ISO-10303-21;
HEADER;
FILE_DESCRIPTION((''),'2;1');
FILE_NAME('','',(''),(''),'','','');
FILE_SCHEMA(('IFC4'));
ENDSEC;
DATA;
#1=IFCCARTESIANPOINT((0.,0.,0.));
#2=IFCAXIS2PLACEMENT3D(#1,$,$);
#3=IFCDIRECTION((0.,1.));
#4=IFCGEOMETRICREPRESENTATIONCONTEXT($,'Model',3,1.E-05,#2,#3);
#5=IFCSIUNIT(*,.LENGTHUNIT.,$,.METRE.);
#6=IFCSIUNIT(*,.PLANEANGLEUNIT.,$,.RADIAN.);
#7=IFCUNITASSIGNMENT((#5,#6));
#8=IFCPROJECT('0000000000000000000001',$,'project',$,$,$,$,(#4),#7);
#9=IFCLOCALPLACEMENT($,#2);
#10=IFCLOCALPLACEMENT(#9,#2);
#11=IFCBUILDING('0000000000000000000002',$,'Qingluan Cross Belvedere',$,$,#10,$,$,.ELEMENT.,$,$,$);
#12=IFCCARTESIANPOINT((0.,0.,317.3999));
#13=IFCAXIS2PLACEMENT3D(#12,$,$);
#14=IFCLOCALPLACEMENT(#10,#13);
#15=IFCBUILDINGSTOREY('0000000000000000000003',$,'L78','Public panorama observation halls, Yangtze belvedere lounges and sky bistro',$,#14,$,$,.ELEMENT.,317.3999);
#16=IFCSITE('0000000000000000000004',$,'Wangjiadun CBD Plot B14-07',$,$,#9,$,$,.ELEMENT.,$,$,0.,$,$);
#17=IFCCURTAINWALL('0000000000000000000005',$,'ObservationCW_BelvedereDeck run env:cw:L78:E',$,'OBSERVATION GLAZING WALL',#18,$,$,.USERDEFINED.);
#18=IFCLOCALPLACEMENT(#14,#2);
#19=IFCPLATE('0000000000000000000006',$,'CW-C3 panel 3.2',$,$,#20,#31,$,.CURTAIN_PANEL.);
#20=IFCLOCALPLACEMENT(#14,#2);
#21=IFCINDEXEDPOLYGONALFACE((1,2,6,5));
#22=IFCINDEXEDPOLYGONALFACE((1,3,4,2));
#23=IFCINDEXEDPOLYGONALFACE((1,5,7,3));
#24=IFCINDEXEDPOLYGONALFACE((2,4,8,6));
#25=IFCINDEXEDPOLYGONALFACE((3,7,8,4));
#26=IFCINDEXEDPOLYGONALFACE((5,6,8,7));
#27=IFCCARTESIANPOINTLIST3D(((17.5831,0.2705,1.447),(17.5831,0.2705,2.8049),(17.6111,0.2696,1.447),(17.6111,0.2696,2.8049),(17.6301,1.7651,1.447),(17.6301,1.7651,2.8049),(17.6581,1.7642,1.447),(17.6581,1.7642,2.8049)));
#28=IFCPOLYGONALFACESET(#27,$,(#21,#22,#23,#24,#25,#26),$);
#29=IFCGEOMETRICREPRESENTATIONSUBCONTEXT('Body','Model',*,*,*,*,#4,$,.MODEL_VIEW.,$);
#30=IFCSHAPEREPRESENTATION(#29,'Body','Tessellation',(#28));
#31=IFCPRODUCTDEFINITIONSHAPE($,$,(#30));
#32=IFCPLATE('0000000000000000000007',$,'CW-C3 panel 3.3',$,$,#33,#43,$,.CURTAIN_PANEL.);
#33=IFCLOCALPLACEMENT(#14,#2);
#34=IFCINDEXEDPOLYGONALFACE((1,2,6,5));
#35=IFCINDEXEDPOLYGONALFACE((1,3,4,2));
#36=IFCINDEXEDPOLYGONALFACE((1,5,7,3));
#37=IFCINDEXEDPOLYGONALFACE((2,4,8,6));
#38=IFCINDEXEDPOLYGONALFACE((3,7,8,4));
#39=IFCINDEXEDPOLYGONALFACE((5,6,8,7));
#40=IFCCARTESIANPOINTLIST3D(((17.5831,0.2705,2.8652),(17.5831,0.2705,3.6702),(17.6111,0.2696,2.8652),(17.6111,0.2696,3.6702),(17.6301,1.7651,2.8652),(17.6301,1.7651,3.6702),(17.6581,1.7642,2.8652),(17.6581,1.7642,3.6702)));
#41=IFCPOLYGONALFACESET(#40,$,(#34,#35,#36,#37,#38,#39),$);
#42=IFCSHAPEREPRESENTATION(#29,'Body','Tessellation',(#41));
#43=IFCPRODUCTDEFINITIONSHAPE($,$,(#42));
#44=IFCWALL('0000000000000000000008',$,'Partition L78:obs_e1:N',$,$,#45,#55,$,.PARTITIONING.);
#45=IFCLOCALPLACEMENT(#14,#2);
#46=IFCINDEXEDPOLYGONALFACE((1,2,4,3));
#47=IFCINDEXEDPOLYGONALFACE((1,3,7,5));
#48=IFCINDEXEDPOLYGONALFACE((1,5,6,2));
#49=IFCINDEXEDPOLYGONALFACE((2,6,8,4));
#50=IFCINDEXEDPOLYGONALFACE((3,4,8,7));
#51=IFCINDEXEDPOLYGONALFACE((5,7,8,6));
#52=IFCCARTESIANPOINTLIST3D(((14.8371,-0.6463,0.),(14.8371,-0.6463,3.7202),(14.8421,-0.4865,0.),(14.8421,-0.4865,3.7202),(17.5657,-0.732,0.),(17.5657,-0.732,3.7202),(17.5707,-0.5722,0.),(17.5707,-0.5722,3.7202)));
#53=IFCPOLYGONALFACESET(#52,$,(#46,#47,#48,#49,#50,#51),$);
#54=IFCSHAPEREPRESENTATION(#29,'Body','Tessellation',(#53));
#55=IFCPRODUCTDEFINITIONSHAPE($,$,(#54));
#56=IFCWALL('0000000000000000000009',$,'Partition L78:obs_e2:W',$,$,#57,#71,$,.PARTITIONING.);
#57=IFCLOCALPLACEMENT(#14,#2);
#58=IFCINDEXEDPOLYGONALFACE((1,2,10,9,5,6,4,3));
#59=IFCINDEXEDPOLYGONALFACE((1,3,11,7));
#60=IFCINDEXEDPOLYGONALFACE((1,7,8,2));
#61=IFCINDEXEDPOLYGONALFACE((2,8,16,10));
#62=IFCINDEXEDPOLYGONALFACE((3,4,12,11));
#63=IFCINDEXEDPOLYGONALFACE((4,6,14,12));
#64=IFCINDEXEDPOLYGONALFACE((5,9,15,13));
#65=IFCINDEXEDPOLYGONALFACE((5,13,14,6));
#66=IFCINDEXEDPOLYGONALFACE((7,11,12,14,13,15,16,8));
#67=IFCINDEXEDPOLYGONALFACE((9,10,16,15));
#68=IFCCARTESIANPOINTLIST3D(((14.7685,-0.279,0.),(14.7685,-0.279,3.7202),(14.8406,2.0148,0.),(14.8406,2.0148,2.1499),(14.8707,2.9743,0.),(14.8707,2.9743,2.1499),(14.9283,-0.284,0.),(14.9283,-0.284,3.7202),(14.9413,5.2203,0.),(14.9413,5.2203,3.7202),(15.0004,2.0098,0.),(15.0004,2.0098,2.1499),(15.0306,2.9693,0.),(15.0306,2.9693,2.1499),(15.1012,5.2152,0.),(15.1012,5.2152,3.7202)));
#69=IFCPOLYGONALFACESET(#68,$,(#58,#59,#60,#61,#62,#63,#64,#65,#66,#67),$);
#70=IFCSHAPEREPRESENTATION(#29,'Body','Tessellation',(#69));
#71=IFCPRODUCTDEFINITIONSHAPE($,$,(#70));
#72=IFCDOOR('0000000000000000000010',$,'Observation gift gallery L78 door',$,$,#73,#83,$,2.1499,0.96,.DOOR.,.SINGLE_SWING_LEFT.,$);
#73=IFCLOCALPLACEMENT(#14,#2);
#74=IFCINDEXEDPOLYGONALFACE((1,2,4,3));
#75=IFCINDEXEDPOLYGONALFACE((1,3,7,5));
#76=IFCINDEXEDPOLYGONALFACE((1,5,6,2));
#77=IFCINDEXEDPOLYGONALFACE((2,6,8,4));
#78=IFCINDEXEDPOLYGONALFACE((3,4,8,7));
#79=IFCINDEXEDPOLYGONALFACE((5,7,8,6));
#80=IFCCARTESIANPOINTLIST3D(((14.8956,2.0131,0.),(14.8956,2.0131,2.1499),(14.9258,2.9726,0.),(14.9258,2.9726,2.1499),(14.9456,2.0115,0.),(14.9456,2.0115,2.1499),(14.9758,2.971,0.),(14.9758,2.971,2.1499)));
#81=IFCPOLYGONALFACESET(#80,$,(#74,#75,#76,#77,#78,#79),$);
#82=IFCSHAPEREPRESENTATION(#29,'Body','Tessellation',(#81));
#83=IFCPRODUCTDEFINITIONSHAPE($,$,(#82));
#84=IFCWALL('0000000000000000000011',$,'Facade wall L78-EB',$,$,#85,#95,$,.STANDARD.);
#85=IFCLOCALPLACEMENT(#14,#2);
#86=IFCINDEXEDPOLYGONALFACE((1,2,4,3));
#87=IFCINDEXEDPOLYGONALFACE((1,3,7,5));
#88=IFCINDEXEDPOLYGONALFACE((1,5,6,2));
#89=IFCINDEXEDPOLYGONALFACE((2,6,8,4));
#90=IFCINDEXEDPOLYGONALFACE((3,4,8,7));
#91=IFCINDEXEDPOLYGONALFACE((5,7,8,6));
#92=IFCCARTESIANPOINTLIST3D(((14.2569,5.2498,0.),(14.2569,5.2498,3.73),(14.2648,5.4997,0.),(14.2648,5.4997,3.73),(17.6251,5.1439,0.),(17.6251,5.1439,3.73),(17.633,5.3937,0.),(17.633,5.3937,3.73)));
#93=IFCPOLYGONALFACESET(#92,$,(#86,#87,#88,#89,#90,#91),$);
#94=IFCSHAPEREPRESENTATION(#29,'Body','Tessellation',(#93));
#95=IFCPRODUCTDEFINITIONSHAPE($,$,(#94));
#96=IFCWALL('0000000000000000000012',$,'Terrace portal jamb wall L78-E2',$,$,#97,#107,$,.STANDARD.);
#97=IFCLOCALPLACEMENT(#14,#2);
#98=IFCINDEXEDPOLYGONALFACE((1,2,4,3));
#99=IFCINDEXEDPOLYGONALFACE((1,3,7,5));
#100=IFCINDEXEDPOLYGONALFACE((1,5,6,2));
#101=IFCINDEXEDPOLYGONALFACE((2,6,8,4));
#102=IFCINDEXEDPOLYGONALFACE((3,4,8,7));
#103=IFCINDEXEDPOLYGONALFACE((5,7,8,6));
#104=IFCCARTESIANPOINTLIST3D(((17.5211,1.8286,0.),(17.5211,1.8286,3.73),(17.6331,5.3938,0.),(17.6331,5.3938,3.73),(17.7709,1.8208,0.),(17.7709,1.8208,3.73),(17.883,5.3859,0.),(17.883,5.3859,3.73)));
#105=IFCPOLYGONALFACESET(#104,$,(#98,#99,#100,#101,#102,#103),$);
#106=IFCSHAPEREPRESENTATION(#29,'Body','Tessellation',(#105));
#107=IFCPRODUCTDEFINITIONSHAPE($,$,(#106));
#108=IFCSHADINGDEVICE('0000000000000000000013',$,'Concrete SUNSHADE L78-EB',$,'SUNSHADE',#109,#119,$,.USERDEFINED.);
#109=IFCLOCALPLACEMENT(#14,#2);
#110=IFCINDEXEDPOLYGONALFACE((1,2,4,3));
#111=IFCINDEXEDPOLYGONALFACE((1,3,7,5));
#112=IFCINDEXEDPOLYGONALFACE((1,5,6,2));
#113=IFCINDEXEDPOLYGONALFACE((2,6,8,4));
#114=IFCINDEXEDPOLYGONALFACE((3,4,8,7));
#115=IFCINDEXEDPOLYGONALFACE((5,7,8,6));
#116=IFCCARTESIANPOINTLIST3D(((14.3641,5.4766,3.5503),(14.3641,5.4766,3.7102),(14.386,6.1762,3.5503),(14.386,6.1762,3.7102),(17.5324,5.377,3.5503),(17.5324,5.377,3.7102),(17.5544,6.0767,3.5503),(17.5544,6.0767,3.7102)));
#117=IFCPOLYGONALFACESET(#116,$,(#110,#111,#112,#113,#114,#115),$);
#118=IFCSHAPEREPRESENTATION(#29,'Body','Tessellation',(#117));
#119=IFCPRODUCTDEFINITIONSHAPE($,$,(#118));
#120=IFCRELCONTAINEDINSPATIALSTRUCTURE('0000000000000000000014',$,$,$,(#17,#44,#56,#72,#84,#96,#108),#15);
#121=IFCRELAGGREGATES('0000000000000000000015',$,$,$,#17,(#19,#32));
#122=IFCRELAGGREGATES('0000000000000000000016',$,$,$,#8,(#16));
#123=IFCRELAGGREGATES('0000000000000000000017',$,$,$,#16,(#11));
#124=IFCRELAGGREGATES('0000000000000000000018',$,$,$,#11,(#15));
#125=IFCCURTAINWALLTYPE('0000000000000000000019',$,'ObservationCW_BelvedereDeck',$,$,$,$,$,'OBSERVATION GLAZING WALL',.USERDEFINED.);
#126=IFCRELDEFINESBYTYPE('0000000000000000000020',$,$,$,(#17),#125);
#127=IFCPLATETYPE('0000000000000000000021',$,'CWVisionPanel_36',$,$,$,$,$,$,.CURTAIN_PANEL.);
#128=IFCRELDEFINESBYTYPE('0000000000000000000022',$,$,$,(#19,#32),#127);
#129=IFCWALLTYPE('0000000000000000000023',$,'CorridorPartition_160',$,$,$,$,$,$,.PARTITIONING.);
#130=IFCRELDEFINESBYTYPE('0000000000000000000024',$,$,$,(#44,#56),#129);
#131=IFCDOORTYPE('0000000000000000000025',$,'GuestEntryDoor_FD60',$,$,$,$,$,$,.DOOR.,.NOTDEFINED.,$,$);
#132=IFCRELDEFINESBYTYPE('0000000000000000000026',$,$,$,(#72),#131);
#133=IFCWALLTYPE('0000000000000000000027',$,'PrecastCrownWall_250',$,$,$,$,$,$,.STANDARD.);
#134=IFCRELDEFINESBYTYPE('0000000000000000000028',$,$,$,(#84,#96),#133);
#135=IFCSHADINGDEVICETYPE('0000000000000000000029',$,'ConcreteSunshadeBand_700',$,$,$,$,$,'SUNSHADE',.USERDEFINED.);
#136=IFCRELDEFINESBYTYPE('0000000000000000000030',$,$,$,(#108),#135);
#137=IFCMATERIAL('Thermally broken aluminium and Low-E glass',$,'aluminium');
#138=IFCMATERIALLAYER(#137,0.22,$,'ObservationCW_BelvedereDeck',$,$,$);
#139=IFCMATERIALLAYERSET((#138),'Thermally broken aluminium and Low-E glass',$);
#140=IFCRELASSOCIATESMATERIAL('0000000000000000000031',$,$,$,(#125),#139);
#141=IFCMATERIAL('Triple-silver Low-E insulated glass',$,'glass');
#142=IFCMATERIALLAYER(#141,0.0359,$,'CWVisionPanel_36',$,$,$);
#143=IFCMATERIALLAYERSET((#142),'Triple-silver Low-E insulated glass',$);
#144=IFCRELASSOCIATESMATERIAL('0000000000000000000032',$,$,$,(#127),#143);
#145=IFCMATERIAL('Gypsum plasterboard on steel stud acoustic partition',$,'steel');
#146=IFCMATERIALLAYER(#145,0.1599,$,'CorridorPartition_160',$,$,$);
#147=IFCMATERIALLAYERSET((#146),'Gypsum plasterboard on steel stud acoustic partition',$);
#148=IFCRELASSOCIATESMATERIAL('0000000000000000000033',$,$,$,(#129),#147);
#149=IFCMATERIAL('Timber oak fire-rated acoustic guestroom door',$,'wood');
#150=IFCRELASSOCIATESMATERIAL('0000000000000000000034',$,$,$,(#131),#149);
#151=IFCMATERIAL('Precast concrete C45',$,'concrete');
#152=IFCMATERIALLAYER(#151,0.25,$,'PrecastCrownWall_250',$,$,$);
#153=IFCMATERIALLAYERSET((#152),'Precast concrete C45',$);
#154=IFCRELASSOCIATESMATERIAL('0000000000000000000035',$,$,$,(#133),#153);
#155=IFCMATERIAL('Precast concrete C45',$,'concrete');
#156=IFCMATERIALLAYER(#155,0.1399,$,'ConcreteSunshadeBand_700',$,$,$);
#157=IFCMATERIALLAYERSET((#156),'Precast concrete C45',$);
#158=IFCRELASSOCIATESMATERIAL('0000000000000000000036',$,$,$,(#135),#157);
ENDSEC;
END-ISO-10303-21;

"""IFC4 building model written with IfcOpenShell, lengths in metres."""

from ifc_helpers import new_model, si_unit, direction, frame, frame_2d, origin, origin_2d, place, context, subcontext, project, spatial, rectangle, extrude, material, layer, layer_set, type_object, element, fill, aggregate, save


model = new_model("IFC4")

# Units and contexts
model_context = context("Model", 3, precision=1e-05, world=origin(), true_north=direction((0.0, 1.0)))
body_context = subcontext(model_context, "Body", "Model", "MODEL_VIEW")
ifc_project = project(units=[si_unit("LENGTHUNIT", "METRE"), si_unit("PLANEANGLEUNIT", "RADIAN")], contexts=[model_context])

# Site, building, storey
site_placement = place(None, origin())
site = spatial("IfcSite", under=ifc_project, at=site_placement, Name="Wangjiadun CBD Plot B14-07", CompositionType="ELEMENT", RefElevation=0.0)
building_placement = place(site_placement, origin())
building = spatial("IfcBuilding", under=site, at=building_placement, Name="Qingluan Cross Belvedere", CompositionType="ELEMENT")
storey_placement = place(building_placement, frame((0.0, 0.0, 317.3999)))
storey = spatial("IfcBuildingStorey", under=building, at=storey_placement, Name="L78", Description="Public panorama observation halls, Yangtze belvedere lounges and sky bistro", CompositionType="ELEMENT", Elevation=317.3999)

# Curtain wall, plates
ifc_material_1 = material(Name="Thermally broken aluminium and Low-E glass", Category="aluminium")
ifc_layer_1 = layer(ifc_material_1, 0.22, Name="ObservationCW_BelvedereDeck")
ifc_layer_set_1 = layer_set([ifc_layer_1], Name="Thermally broken aluminium and Low-E glass")
curtain_wall_type = type_object("IfcCurtainWallType", Name="ObservationCW_BelvedereDeck", ElementType="OBSERVATION GLAZING WALL", PredefinedType="USERDEFINED", material=ifc_layer_set_1)
curtain_wall_placement = place(storey_placement, origin())
curtain_wall = element("IfcCurtainWall", 1, at=curtain_wall_placement, inside=storey, type_object=curtain_wall_type, Name="ObservationCW_BelvedereDeck run env:cw:L78:E", ObjectType="OBSERVATION GLAZING WALL", PredefinedType="USERDEFINED")
ifc_material_2 = material(Name="Triple-silver Low-E insulated glass", Category="glass")
ifc_layer_2 = layer(ifc_material_2, 0.0359, Name="CWVisionPanel_36")
ifc_layer_set_2 = layer_set([ifc_layer_2], Name="Triple-silver Low-E insulated glass")
plate_type = type_object("IfcPlateType", Name="CWVisionPanel_36", PredefinedType="CURTAIN_PANEL", material=ifc_layer_set_2)
plate_1_placement = place(storey_placement, frame((17.6206, 1.0173, 1.447), z_axis=(0.0, 0.0, 1.0), x_axis=(0.031413, 0.999506, 0.0)))
plate_1 = element("IfcPlate", 2, at=plate_1_placement, type_object=plate_type, Name="CW-C3 panel 3.2", PredefinedType="CURTAIN_PANEL", context=body_context, shape_type="SweptSolid", body=[
    extrude(rectangle(XDim=1.4954, YDim=0.0281, at=origin_2d()), origin(), (0.0, 0.0, 1.0), 1.3579),
])
plate_2_placement = place(storey_placement, frame((17.6206, 1.0173, 2.8652), z_axis=(0.0, 0.0, 1.0), x_axis=(0.031413, 0.999506, 0.0)))
plate_2 = element("IfcPlate", 3, at=plate_2_placement, type_object=plate_type, Name="CW-C3 panel 3.3", PredefinedType="CURTAIN_PANEL", context=body_context, shape_type="SweptSolid", body=[
    extrude(rectangle(XDim=1.4954, YDim=0.0281, at=origin_2d()), origin(), (0.0, 0.0, 1.0), 0.8049),
])
aggregate(curtain_wall, [plate_1, plate_2])

# Wall
ifc_material_3 = material(Name="Gypsum plasterboard on steel stud acoustic partition", Category="steel")
ifc_layer_3 = layer(ifc_material_3, 0.1599, Name="CorridorPartition_160")
ifc_layer_set_3 = layer_set([ifc_layer_3], Name="Gypsum plasterboard on steel stud acoustic partition")
wall_type_1 = type_object("IfcWallType", Name="CorridorPartition_160", PredefinedType="PARTITIONING", material=ifc_layer_set_3)
wall_1_placement = place(storey_placement, frame((14.8396, -0.5664, 0.0), z_axis=(0.0, 0.0, 1.0), x_axis=(0.999507, -0.031391, 0.0)))
element("IfcWall", 4, at=wall_1_placement, inside=storey, type_object=wall_type_1, Name="Partition L78:obs_e1:N", PredefinedType="PARTITIONING", context=body_context, shape_type="SweptSolid", body=[
    extrude(rectangle(XDim=2.73, YDim=0.1599, at=frame_2d((1.365, 0.0))), origin(), (0.0, 0.0, 1.0), 3.7202),
])

# Wall, opening, door
wall_2_placement = place(storey_placement, frame((14.8484, -0.2815, 0.0), z_axis=(0.0, 0.0, 1.0), x_axis=(0.031416, 0.999506, 0.0)))
wall_2 = element("IfcWall", 5, at=wall_2_placement, inside=storey, type_object=wall_type_1, Name="Partition L78:obs_e2:W", PredefinedType="PARTITIONING", context=body_context, shape_type="SweptSolid", body=[
    extrude(rectangle(XDim=5.502, YDim=0.1599, at=frame_2d((2.751, 0.0))), origin(), (0.0, 0.0, 1.0), 3.7202),
])
opening_placement = place(wall_2_placement, frame((2.2949, 0.0, 0.0)))
opening = element("IfcOpeningElement", 6, at=opening_placement, cuts=wall_2, PredefinedType="OPENING", context=body_context, shape_type="SweptSolid", body=[
    extrude(rectangle(XDim=0.96, YDim=2.1499, at=frame_2d((0.48, 1.075))), frame((0.0, 0.0898, 0.0), z_axis=(0.0, -1.0, 0.0), x_axis=(1.0, 0.0, 0.0)), (0.0, 0.0, 1.0), 0.1799),
])
ifc_material_4 = material(Name="Timber oak fire-rated acoustic guestroom door", Category="wood")
door_type = type_object("IfcDoorType", Name="GuestEntryDoor_FD60", OperationType="NOTDEFINED", PredefinedType="DOOR", material=ifc_material_4)
door_placement = place(opening_placement, origin())
door = element("IfcDoor", 7, at=door_placement, inside=storey, type_object=door_type, Name="Observation gift gallery L78 door", OperationType="SINGLE_SWING_LEFT", OverallHeight=2.1499, OverallWidth=0.96, PredefinedType="DOOR", context=body_context, shape_type="SweptSolid", body=[
    extrude(rectangle(XDim=0.96, YDim=2.1499, at=frame_2d((0.48, 1.075))), frame((0.0, 0.0249, 0.0), z_axis=(0.0, -1.0, 0.0), x_axis=(1.0, 0.0, 0.0)), (0.0, 0.0, 1.0), 0.05),
])
fill(opening, door)

# Walls
ifc_material_5 = material(Name="Precast concrete C45", Category="concrete")
ifc_layer_4 = layer(ifc_material_5, 0.25, Name="PrecastCrownWall_250")
ifc_layer_set_4 = layer_set([ifc_layer_4], Name="Precast concrete C45")
wall_type_2 = type_object("IfcWallType", Name="PrecastCrownWall_250", PredefinedType="STANDARD", material=ifc_layer_set_4)
wall_3_placement = place(storey_placement, frame((17.6292, 5.2688, 0.0), z_axis=(0.0, 0.0, 1.0), x_axis=(-0.999506, 0.031443, 0.0)))
element("IfcWall", 8, at=wall_3_placement, inside=storey, type_object=wall_type_2, Name="Facade wall L78-EB", PredefinedType="STANDARD", context=body_context, shape_type="SweptSolid", body=[
    extrude(rectangle(XDim=3.3699, YDim=0.25, at=frame_2d((1.6851, 0.0))), origin(), (0.0, 0.0, 1.0), 3.73),
])
wall_4_placement = place(storey_placement, frame((17.646, 1.8247, 0.0), z_axis=(0.0, 0.0, 1.0), x_axis=(0.031416, 0.999506, 0.0)))
element("IfcWall", 9, at=wall_4_placement, inside=storey, type_object=wall_type_2, Name="Terrace portal jamb wall L78-E2", PredefinedType="STANDARD", context=body_context, shape_type="SweptSolid", body=[
    extrude(rectangle(XDim=3.5669, YDim=0.25, at=frame_2d((1.7834, 0.0))), origin(), (0.0, 0.0, 1.0), 3.73),
])

# Shading device
ifc_material_6 = material(Name="Precast concrete C45", Category="concrete")
ifc_layer_5 = layer(ifc_material_6, 0.1399, Name="ConcreteSunshadeBand_700")
ifc_layer_set_5 = layer_set([ifc_layer_5], Name="Precast concrete C45")
shading_device_type = type_object("IfcShadingDeviceType", Name="ConcreteSunshadeBand_700", ElementType="SUNSHADE", PredefinedType="USERDEFINED", material=ifc_layer_set_5)
shading_device_placement = place(storey_placement, frame((15.9592, 5.7766, 3.5503), z_axis=(0.0, 0.0, 1.0), x_axis=(-0.999507, 0.031395, 0.0)))
element("IfcShadingDevice", 10, at=shading_device_placement, inside=storey, type_object=shading_device_type, Name="Concrete SUNSHADE L78-EB", ObjectType="SUNSHADE", PredefinedType="USERDEFINED", context=body_context, shape_type="SweptSolid", body=[
    extrude(rectangle(XDim=3.1699, YDim=0.7, at=origin_2d()), origin(), (0.0, 0.0, 1.0), 0.1599),
])

save(model, "model.ifc")
